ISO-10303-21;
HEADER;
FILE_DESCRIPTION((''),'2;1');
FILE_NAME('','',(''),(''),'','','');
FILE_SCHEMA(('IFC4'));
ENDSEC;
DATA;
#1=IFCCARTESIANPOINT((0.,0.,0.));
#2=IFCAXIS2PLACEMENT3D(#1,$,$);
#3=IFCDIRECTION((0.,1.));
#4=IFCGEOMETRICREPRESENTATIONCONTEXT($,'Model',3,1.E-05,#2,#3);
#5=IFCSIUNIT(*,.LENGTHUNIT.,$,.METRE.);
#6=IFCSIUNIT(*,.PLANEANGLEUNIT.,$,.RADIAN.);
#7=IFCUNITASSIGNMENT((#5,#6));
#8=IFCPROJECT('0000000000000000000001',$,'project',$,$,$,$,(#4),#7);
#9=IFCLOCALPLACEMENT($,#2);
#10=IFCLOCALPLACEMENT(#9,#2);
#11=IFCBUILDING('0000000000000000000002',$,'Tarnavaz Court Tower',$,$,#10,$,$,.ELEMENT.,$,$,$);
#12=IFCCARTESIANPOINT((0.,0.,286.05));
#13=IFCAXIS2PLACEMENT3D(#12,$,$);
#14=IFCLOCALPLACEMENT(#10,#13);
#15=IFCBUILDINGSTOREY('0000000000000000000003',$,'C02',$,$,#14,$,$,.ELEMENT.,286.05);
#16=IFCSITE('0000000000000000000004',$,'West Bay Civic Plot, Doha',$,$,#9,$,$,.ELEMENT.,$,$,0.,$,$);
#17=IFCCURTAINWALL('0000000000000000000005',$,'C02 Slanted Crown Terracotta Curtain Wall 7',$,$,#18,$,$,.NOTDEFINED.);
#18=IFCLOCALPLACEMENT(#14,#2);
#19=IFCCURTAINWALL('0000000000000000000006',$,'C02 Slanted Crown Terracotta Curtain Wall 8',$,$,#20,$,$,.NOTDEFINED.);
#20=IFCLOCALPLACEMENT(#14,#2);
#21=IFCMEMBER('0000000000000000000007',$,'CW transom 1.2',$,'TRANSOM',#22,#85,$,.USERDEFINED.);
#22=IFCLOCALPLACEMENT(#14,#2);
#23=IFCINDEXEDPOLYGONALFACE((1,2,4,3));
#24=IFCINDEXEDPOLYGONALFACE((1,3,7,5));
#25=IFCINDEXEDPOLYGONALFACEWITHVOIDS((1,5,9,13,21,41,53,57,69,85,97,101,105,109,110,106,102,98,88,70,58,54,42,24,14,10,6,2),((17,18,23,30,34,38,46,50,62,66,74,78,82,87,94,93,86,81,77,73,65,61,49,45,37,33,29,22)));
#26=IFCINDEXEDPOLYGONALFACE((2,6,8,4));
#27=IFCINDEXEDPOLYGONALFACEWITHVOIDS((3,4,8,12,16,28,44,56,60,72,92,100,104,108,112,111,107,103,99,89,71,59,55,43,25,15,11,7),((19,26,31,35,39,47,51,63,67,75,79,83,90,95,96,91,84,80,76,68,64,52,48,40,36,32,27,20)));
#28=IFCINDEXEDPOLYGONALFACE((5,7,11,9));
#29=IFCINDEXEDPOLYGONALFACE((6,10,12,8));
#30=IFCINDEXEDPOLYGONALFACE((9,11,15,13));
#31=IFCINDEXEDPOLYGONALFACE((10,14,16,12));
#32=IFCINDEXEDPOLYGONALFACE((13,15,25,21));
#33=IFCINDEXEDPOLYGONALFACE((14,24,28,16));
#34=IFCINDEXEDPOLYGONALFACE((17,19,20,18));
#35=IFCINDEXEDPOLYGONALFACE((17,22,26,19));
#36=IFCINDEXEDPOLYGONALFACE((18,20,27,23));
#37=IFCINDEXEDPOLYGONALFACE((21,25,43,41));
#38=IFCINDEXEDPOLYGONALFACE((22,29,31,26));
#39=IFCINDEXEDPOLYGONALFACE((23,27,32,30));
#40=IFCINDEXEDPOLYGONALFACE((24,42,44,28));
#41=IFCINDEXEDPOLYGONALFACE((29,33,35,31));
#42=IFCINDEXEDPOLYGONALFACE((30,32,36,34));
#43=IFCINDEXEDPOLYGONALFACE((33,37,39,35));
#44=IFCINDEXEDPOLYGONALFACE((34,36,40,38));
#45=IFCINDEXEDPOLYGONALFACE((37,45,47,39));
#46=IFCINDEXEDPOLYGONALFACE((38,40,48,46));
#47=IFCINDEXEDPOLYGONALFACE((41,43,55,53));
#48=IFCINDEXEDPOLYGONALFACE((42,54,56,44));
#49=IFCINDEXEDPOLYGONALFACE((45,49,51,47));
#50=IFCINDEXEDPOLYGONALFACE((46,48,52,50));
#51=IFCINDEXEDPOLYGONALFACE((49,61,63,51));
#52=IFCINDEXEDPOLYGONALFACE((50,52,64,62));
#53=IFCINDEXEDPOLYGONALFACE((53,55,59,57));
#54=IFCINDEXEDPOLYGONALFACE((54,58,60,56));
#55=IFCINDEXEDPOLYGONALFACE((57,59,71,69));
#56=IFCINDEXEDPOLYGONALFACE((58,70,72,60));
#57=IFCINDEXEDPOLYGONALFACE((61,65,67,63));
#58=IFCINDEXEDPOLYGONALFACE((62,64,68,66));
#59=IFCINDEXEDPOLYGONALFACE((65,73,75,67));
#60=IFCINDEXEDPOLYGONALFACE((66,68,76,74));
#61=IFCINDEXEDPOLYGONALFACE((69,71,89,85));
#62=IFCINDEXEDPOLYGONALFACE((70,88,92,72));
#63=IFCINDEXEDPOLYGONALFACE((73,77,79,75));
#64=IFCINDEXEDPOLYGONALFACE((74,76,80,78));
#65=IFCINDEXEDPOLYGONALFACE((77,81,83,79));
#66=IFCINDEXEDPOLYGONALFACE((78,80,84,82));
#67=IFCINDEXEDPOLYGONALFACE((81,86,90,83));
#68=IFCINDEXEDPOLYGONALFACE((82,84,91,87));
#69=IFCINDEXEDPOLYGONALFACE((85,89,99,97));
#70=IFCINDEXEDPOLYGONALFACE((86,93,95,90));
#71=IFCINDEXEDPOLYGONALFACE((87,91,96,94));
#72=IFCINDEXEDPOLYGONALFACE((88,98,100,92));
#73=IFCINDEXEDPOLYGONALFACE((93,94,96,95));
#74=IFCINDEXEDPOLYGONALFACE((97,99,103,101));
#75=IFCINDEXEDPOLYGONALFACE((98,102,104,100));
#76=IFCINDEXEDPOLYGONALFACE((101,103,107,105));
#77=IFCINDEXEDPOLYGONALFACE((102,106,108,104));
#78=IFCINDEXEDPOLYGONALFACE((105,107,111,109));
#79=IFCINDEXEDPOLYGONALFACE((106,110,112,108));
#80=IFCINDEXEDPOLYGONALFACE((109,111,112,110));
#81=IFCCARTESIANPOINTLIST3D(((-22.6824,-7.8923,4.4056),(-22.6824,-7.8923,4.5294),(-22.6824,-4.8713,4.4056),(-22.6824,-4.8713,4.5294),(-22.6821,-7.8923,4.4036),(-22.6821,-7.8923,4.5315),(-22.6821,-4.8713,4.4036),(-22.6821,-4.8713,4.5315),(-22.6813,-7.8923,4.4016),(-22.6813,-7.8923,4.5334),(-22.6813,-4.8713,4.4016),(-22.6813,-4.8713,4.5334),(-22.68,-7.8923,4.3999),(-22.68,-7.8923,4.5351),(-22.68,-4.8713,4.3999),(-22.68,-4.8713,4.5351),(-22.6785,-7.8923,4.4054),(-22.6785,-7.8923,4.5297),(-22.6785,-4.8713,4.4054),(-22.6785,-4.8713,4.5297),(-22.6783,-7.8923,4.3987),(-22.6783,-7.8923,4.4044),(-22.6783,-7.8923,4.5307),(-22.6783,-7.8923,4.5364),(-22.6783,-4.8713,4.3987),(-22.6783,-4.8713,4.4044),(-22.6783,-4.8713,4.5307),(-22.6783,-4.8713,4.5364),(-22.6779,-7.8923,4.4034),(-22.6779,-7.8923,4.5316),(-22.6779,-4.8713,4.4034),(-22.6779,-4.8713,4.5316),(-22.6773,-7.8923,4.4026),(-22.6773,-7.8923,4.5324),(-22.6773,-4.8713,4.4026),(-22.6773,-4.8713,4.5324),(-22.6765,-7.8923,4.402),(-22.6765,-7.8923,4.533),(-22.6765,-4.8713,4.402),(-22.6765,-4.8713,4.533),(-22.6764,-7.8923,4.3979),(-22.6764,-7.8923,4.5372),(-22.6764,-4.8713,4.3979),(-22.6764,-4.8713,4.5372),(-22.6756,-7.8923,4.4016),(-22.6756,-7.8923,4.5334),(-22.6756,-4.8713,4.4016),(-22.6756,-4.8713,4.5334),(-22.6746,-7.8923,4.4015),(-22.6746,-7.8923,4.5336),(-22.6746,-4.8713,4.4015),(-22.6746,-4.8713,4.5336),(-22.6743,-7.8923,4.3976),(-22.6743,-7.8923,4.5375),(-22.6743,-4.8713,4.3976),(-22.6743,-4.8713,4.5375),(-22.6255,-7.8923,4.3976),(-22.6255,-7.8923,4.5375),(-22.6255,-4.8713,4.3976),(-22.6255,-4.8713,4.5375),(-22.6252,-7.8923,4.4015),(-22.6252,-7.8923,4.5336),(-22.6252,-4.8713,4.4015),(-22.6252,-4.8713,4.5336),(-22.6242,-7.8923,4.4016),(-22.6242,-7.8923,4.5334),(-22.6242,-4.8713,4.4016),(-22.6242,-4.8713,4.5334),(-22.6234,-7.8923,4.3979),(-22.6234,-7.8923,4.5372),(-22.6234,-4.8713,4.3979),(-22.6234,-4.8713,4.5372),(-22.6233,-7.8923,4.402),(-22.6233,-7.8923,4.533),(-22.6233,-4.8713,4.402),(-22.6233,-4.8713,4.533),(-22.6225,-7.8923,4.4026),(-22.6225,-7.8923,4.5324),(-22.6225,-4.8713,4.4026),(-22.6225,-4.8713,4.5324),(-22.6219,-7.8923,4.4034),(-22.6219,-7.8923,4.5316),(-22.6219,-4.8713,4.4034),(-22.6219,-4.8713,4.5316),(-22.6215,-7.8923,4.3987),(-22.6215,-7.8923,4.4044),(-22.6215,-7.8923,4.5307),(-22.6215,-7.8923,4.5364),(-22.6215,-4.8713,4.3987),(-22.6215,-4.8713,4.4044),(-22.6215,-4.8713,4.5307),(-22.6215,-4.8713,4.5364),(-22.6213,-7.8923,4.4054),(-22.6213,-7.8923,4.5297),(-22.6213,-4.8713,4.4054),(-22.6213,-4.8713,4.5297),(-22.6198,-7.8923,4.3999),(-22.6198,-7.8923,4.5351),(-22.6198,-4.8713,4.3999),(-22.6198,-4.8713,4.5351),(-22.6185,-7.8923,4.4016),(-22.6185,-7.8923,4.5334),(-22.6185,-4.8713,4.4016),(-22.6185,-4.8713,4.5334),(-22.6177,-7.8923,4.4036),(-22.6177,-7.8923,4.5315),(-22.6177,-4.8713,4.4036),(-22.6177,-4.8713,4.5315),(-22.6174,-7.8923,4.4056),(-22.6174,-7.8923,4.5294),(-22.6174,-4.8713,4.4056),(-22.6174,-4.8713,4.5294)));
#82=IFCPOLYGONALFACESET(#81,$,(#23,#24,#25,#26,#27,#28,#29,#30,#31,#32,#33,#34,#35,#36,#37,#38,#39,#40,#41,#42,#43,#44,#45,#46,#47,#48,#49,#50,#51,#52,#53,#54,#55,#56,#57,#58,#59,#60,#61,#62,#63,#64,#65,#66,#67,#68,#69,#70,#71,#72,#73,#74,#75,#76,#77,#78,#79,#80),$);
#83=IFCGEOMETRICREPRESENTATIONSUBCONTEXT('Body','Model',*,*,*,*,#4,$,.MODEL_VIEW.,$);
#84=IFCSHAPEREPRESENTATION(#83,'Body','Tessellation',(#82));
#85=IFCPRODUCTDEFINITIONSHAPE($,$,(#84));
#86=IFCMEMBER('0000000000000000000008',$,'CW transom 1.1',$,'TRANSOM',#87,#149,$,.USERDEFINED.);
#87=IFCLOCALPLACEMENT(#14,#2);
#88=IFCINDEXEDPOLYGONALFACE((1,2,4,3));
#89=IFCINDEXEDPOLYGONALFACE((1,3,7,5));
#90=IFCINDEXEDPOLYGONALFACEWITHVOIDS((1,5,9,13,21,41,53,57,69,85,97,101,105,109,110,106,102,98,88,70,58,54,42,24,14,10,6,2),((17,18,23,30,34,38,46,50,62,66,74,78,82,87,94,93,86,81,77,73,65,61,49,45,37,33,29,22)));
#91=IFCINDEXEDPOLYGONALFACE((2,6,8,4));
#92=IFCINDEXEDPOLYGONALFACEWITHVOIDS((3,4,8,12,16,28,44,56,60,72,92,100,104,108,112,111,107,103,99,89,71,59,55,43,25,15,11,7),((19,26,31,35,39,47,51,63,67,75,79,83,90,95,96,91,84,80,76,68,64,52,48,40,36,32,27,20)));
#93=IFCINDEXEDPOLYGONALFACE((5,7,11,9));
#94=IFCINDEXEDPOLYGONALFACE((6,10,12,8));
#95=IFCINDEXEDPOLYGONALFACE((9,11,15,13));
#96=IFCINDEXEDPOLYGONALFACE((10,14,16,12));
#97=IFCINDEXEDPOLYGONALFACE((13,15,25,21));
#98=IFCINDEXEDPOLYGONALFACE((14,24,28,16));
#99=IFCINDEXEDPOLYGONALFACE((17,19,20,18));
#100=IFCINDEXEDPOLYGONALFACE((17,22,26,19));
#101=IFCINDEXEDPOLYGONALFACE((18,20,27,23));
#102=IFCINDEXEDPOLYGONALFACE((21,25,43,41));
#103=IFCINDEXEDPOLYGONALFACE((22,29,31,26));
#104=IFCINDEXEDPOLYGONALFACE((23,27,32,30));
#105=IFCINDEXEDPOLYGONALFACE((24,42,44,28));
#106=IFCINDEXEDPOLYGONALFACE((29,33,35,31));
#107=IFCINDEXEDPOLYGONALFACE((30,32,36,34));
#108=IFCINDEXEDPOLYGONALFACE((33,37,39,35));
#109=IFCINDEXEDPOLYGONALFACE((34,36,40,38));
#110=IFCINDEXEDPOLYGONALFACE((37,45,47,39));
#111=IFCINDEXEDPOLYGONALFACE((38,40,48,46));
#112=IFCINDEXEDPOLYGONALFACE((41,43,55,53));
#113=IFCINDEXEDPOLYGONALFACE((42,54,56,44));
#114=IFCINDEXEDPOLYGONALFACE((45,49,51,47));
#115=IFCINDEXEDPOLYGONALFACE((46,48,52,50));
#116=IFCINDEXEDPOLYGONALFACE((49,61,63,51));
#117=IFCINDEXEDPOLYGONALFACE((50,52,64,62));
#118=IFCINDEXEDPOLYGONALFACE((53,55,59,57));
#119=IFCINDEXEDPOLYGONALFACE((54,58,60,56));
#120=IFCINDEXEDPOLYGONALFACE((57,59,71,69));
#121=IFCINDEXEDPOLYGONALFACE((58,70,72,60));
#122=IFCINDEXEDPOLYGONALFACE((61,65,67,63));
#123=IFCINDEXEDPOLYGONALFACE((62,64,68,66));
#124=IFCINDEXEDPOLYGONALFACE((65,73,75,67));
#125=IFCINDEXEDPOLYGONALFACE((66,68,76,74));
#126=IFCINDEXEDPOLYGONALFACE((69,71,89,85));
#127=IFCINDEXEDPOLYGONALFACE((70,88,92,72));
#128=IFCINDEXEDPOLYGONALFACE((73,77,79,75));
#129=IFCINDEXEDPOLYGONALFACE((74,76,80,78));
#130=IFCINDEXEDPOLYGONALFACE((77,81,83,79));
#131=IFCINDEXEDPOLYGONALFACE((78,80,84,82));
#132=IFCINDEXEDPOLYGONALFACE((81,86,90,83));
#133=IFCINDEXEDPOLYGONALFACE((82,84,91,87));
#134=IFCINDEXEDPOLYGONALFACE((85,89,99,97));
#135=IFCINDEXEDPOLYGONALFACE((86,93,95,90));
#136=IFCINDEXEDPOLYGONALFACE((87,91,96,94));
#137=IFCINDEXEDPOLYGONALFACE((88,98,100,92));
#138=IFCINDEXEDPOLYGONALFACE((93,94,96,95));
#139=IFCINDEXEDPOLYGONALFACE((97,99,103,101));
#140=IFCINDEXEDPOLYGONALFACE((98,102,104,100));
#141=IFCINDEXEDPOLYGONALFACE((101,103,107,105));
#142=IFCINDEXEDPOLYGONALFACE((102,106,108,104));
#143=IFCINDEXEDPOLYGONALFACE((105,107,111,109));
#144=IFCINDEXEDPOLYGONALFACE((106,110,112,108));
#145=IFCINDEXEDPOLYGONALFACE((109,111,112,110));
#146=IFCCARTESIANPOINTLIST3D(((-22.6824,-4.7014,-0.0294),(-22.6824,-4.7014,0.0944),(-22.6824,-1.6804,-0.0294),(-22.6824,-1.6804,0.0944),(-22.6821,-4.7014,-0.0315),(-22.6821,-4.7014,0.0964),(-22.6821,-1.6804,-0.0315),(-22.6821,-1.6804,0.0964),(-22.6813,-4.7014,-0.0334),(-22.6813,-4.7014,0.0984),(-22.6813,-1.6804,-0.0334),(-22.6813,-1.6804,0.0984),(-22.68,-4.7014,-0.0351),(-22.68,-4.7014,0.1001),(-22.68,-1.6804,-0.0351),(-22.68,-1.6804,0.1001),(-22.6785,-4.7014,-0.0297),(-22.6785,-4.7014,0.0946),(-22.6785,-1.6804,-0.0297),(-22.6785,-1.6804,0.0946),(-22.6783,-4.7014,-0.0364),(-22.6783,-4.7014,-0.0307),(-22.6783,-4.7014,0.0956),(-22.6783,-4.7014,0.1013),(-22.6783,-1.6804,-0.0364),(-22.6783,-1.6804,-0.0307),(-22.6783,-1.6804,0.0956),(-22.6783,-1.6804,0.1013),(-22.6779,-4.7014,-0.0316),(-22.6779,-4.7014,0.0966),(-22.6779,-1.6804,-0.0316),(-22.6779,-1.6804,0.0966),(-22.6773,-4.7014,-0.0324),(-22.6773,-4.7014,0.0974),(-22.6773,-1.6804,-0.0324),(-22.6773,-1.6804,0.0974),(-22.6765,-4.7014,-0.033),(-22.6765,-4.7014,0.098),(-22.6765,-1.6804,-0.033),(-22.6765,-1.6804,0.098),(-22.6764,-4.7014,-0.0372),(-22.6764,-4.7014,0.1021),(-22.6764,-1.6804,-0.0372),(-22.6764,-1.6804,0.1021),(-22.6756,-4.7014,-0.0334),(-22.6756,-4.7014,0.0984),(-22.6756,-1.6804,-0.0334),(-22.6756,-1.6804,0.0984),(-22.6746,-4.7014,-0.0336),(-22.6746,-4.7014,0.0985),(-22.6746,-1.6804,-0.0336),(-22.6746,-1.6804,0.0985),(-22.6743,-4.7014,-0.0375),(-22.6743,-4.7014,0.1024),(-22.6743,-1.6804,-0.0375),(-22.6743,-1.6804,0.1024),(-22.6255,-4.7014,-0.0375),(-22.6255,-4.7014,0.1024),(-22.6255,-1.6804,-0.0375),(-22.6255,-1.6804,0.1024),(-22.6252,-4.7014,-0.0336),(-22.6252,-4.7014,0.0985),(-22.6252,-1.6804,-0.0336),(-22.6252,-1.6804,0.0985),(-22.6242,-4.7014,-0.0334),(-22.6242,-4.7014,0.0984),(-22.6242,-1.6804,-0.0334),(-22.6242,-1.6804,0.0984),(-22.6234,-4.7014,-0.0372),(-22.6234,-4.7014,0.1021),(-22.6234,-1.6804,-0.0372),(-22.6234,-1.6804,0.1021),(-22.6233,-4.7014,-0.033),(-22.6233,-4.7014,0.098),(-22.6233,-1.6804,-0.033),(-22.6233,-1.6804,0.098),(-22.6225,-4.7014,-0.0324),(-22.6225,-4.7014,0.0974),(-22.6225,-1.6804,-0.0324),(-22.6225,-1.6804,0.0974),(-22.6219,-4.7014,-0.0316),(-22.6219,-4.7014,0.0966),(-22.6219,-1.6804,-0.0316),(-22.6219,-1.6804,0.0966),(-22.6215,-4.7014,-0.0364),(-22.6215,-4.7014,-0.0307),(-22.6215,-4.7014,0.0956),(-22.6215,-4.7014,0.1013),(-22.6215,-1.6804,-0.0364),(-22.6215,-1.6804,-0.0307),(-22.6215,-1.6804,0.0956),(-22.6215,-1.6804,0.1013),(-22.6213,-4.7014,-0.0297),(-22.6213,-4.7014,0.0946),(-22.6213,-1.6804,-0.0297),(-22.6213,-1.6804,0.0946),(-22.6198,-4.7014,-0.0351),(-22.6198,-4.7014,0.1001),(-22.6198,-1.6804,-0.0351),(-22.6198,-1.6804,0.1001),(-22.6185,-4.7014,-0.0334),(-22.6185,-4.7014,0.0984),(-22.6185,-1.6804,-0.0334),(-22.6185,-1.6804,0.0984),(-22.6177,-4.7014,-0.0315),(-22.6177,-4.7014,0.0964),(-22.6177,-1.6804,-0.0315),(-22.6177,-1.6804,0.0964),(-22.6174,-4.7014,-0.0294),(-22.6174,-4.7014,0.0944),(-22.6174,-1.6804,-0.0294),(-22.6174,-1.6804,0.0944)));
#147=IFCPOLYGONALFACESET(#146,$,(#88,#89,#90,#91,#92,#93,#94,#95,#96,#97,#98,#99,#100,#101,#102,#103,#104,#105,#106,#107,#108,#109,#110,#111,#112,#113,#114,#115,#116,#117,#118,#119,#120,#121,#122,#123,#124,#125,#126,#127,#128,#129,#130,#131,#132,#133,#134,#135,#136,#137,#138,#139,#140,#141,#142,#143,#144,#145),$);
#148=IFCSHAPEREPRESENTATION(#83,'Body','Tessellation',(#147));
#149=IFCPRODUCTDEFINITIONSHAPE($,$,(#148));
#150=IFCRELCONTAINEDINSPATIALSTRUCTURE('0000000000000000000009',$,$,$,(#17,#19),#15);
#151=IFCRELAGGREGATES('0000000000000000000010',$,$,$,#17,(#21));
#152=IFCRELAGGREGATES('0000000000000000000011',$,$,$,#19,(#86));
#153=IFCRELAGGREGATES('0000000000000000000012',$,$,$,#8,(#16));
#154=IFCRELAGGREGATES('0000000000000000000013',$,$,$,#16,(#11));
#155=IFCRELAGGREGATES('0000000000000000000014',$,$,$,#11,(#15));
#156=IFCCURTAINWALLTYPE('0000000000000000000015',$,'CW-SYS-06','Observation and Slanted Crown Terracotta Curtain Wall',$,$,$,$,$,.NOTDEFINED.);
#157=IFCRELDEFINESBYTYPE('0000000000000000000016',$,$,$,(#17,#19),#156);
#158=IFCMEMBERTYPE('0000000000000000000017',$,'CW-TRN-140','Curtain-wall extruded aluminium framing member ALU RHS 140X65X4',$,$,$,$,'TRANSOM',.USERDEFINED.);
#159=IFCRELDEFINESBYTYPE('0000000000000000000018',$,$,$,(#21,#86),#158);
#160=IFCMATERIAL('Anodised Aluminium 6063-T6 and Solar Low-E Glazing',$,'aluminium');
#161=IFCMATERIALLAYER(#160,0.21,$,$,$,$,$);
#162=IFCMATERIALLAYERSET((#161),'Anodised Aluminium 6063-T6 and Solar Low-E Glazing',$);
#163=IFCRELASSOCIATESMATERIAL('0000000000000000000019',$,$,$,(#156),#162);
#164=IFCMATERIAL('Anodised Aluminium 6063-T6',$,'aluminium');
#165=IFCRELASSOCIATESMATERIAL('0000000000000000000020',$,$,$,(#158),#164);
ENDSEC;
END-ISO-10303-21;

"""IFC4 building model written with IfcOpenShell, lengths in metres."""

from ifc_helpers import new_model, si_unit, direction, frame, origin, origin_2d, place, context, subcontext, project, spatial, hollow_rectangle, extrude, material, layer, layer_set, material_profile, profile_set, type_object, element, aggregate, save


model = new_model("IFC4")

# Units and contexts
model_context = context("Model", 3, precision=1e-05, world=origin(), true_north=direction((0.0, 1.0)))
body_context = subcontext(model_context, "Body", "Model", "MODEL_VIEW")
ifc_project = project(units=[si_unit("LENGTHUNIT", "METRE"), si_unit("PLANEANGLEUNIT", "RADIAN")], contexts=[model_context])

# Site, building, storey
site_placement = place(None, origin())
site = spatial("IfcSite", under=ifc_project, at=site_placement, Name="West Bay Civic Plot, Doha", CompositionType="ELEMENT", RefElevation=0.0)
building_placement = place(site_placement, origin())
building = spatial("IfcBuilding", under=site, at=building_placement, Name="Tarnavaz Court Tower", CompositionType="ELEMENT")
storey_placement = place(building_placement, frame((0.0, 0.0, 286.05)))
storey = spatial("IfcBuildingStorey", under=building, at=storey_placement, Name="C02", CompositionType="ELEMENT", Elevation=286.05)

# Curtain walls
ifc_material_1 = material(Name="Anodised Aluminium 6063-T6 and Solar Low-E Glazing", Category="aluminium")
ifc_layer_1 = layer(ifc_material_1, 0.21)
ifc_layer_set_1 = layer_set([ifc_layer_1], Name="Anodised Aluminium 6063-T6 and Solar Low-E Glazing")
curtain_wall_type = type_object("IfcCurtainWallType", Name="CW-SYS-06", Description="Observation and Slanted Crown Terracotta Curtain Wall", PredefinedType="NOTDEFINED", material=ifc_layer_set_1)
ifc_material_2 = material(Name="Anodised Aluminium 6063-T6", Category="aluminium")
curtain_wall_1_placement = place(storey_placement, origin())
curtain_wall_1 = element("IfcCurtainWall", 1, at=curtain_wall_1_placement, inside=storey, type_object=curtain_wall_type, Name="C02 Slanted Crown Terracotta Curtain Wall 7", PredefinedType="NOTDEFINED")
curtain_wall_2_placement = place(storey_placement, origin())
curtain_wall_2 = element("IfcCurtainWall", 2, at=curtain_wall_2_placement, inside=storey, type_object=curtain_wall_type, Name="C02 Slanted Crown Terracotta Curtain Wall 8", PredefinedType="NOTDEFINED")

# Members
ifc_material_profile_1 = material_profile(ifc_material_2, hollow_rectangle(XDim=0.0649, YDim=0.1399, WallThickness=0.0039, InnerFilletRadius=0.0039, OuterFilletRadius=0.0081, at=origin_2d()), Name="ALU RHS 140X65X4")
ifc_profile_set_1 = profile_set([ifc_material_profile_1], Name="Anodised Aluminium 6063-T6")
member_type_1 = type_object("IfcMemberType", Name="CW-TRN-140", Description="Curtain-wall extruded aluminium framing member ALU RHS 140X65X4", ElementType="TRANSOM", PredefinedType="USERDEFINED", material=ifc_profile_set_1)
member_1_placement = place(storey_placement, frame((-22.6499, -7.8923, 4.4675), z_axis=(0.0, 1.0, 0.0), x_axis=(-1.0, 0.0, 0.0)))
member_1 = element("IfcMember", 3, at=member_1_placement, type_object=member_type_1, Name="CW transom 1.2", ObjectType="TRANSOM", PredefinedType="USERDEFINED", context=body_context, shape_type="SweptSolid", body=[
    extrude(hollow_rectangle(XDim=0.0649, YDim=0.1399, WallThickness=0.0039, InnerFilletRadius=0.0039, OuterFilletRadius=0.0081, at=origin_2d()), origin(), (0.0, 0.0, 1.0), 3.021),
])
member_2_placement = place(storey_placement, frame((-22.6499, -4.7014, 0.0325), z_axis=(0.0, 1.0, 0.0), x_axis=(-1.0, 0.0, 0.0)))
member_2 = element("IfcMember", 4, at=member_2_placement, type_object=member_type_1, Name="CW transom 1.1", ObjectType="TRANSOM", PredefinedType="USERDEFINED", context=body_context, shape_type="SweptSolid", body=[
    extrude(hollow_rectangle(XDim=0.0649, YDim=0.1399, WallThickness=0.0039, InnerFilletRadius=0.0039, OuterFilletRadius=0.0081, at=origin_2d()), origin(), (0.0, 0.0, 1.0), 3.021),
])

aggregate(curtain_wall_1, [member_1])
aggregate(curtain_wall_2, [member_2])

save(model, "model.ifc")
